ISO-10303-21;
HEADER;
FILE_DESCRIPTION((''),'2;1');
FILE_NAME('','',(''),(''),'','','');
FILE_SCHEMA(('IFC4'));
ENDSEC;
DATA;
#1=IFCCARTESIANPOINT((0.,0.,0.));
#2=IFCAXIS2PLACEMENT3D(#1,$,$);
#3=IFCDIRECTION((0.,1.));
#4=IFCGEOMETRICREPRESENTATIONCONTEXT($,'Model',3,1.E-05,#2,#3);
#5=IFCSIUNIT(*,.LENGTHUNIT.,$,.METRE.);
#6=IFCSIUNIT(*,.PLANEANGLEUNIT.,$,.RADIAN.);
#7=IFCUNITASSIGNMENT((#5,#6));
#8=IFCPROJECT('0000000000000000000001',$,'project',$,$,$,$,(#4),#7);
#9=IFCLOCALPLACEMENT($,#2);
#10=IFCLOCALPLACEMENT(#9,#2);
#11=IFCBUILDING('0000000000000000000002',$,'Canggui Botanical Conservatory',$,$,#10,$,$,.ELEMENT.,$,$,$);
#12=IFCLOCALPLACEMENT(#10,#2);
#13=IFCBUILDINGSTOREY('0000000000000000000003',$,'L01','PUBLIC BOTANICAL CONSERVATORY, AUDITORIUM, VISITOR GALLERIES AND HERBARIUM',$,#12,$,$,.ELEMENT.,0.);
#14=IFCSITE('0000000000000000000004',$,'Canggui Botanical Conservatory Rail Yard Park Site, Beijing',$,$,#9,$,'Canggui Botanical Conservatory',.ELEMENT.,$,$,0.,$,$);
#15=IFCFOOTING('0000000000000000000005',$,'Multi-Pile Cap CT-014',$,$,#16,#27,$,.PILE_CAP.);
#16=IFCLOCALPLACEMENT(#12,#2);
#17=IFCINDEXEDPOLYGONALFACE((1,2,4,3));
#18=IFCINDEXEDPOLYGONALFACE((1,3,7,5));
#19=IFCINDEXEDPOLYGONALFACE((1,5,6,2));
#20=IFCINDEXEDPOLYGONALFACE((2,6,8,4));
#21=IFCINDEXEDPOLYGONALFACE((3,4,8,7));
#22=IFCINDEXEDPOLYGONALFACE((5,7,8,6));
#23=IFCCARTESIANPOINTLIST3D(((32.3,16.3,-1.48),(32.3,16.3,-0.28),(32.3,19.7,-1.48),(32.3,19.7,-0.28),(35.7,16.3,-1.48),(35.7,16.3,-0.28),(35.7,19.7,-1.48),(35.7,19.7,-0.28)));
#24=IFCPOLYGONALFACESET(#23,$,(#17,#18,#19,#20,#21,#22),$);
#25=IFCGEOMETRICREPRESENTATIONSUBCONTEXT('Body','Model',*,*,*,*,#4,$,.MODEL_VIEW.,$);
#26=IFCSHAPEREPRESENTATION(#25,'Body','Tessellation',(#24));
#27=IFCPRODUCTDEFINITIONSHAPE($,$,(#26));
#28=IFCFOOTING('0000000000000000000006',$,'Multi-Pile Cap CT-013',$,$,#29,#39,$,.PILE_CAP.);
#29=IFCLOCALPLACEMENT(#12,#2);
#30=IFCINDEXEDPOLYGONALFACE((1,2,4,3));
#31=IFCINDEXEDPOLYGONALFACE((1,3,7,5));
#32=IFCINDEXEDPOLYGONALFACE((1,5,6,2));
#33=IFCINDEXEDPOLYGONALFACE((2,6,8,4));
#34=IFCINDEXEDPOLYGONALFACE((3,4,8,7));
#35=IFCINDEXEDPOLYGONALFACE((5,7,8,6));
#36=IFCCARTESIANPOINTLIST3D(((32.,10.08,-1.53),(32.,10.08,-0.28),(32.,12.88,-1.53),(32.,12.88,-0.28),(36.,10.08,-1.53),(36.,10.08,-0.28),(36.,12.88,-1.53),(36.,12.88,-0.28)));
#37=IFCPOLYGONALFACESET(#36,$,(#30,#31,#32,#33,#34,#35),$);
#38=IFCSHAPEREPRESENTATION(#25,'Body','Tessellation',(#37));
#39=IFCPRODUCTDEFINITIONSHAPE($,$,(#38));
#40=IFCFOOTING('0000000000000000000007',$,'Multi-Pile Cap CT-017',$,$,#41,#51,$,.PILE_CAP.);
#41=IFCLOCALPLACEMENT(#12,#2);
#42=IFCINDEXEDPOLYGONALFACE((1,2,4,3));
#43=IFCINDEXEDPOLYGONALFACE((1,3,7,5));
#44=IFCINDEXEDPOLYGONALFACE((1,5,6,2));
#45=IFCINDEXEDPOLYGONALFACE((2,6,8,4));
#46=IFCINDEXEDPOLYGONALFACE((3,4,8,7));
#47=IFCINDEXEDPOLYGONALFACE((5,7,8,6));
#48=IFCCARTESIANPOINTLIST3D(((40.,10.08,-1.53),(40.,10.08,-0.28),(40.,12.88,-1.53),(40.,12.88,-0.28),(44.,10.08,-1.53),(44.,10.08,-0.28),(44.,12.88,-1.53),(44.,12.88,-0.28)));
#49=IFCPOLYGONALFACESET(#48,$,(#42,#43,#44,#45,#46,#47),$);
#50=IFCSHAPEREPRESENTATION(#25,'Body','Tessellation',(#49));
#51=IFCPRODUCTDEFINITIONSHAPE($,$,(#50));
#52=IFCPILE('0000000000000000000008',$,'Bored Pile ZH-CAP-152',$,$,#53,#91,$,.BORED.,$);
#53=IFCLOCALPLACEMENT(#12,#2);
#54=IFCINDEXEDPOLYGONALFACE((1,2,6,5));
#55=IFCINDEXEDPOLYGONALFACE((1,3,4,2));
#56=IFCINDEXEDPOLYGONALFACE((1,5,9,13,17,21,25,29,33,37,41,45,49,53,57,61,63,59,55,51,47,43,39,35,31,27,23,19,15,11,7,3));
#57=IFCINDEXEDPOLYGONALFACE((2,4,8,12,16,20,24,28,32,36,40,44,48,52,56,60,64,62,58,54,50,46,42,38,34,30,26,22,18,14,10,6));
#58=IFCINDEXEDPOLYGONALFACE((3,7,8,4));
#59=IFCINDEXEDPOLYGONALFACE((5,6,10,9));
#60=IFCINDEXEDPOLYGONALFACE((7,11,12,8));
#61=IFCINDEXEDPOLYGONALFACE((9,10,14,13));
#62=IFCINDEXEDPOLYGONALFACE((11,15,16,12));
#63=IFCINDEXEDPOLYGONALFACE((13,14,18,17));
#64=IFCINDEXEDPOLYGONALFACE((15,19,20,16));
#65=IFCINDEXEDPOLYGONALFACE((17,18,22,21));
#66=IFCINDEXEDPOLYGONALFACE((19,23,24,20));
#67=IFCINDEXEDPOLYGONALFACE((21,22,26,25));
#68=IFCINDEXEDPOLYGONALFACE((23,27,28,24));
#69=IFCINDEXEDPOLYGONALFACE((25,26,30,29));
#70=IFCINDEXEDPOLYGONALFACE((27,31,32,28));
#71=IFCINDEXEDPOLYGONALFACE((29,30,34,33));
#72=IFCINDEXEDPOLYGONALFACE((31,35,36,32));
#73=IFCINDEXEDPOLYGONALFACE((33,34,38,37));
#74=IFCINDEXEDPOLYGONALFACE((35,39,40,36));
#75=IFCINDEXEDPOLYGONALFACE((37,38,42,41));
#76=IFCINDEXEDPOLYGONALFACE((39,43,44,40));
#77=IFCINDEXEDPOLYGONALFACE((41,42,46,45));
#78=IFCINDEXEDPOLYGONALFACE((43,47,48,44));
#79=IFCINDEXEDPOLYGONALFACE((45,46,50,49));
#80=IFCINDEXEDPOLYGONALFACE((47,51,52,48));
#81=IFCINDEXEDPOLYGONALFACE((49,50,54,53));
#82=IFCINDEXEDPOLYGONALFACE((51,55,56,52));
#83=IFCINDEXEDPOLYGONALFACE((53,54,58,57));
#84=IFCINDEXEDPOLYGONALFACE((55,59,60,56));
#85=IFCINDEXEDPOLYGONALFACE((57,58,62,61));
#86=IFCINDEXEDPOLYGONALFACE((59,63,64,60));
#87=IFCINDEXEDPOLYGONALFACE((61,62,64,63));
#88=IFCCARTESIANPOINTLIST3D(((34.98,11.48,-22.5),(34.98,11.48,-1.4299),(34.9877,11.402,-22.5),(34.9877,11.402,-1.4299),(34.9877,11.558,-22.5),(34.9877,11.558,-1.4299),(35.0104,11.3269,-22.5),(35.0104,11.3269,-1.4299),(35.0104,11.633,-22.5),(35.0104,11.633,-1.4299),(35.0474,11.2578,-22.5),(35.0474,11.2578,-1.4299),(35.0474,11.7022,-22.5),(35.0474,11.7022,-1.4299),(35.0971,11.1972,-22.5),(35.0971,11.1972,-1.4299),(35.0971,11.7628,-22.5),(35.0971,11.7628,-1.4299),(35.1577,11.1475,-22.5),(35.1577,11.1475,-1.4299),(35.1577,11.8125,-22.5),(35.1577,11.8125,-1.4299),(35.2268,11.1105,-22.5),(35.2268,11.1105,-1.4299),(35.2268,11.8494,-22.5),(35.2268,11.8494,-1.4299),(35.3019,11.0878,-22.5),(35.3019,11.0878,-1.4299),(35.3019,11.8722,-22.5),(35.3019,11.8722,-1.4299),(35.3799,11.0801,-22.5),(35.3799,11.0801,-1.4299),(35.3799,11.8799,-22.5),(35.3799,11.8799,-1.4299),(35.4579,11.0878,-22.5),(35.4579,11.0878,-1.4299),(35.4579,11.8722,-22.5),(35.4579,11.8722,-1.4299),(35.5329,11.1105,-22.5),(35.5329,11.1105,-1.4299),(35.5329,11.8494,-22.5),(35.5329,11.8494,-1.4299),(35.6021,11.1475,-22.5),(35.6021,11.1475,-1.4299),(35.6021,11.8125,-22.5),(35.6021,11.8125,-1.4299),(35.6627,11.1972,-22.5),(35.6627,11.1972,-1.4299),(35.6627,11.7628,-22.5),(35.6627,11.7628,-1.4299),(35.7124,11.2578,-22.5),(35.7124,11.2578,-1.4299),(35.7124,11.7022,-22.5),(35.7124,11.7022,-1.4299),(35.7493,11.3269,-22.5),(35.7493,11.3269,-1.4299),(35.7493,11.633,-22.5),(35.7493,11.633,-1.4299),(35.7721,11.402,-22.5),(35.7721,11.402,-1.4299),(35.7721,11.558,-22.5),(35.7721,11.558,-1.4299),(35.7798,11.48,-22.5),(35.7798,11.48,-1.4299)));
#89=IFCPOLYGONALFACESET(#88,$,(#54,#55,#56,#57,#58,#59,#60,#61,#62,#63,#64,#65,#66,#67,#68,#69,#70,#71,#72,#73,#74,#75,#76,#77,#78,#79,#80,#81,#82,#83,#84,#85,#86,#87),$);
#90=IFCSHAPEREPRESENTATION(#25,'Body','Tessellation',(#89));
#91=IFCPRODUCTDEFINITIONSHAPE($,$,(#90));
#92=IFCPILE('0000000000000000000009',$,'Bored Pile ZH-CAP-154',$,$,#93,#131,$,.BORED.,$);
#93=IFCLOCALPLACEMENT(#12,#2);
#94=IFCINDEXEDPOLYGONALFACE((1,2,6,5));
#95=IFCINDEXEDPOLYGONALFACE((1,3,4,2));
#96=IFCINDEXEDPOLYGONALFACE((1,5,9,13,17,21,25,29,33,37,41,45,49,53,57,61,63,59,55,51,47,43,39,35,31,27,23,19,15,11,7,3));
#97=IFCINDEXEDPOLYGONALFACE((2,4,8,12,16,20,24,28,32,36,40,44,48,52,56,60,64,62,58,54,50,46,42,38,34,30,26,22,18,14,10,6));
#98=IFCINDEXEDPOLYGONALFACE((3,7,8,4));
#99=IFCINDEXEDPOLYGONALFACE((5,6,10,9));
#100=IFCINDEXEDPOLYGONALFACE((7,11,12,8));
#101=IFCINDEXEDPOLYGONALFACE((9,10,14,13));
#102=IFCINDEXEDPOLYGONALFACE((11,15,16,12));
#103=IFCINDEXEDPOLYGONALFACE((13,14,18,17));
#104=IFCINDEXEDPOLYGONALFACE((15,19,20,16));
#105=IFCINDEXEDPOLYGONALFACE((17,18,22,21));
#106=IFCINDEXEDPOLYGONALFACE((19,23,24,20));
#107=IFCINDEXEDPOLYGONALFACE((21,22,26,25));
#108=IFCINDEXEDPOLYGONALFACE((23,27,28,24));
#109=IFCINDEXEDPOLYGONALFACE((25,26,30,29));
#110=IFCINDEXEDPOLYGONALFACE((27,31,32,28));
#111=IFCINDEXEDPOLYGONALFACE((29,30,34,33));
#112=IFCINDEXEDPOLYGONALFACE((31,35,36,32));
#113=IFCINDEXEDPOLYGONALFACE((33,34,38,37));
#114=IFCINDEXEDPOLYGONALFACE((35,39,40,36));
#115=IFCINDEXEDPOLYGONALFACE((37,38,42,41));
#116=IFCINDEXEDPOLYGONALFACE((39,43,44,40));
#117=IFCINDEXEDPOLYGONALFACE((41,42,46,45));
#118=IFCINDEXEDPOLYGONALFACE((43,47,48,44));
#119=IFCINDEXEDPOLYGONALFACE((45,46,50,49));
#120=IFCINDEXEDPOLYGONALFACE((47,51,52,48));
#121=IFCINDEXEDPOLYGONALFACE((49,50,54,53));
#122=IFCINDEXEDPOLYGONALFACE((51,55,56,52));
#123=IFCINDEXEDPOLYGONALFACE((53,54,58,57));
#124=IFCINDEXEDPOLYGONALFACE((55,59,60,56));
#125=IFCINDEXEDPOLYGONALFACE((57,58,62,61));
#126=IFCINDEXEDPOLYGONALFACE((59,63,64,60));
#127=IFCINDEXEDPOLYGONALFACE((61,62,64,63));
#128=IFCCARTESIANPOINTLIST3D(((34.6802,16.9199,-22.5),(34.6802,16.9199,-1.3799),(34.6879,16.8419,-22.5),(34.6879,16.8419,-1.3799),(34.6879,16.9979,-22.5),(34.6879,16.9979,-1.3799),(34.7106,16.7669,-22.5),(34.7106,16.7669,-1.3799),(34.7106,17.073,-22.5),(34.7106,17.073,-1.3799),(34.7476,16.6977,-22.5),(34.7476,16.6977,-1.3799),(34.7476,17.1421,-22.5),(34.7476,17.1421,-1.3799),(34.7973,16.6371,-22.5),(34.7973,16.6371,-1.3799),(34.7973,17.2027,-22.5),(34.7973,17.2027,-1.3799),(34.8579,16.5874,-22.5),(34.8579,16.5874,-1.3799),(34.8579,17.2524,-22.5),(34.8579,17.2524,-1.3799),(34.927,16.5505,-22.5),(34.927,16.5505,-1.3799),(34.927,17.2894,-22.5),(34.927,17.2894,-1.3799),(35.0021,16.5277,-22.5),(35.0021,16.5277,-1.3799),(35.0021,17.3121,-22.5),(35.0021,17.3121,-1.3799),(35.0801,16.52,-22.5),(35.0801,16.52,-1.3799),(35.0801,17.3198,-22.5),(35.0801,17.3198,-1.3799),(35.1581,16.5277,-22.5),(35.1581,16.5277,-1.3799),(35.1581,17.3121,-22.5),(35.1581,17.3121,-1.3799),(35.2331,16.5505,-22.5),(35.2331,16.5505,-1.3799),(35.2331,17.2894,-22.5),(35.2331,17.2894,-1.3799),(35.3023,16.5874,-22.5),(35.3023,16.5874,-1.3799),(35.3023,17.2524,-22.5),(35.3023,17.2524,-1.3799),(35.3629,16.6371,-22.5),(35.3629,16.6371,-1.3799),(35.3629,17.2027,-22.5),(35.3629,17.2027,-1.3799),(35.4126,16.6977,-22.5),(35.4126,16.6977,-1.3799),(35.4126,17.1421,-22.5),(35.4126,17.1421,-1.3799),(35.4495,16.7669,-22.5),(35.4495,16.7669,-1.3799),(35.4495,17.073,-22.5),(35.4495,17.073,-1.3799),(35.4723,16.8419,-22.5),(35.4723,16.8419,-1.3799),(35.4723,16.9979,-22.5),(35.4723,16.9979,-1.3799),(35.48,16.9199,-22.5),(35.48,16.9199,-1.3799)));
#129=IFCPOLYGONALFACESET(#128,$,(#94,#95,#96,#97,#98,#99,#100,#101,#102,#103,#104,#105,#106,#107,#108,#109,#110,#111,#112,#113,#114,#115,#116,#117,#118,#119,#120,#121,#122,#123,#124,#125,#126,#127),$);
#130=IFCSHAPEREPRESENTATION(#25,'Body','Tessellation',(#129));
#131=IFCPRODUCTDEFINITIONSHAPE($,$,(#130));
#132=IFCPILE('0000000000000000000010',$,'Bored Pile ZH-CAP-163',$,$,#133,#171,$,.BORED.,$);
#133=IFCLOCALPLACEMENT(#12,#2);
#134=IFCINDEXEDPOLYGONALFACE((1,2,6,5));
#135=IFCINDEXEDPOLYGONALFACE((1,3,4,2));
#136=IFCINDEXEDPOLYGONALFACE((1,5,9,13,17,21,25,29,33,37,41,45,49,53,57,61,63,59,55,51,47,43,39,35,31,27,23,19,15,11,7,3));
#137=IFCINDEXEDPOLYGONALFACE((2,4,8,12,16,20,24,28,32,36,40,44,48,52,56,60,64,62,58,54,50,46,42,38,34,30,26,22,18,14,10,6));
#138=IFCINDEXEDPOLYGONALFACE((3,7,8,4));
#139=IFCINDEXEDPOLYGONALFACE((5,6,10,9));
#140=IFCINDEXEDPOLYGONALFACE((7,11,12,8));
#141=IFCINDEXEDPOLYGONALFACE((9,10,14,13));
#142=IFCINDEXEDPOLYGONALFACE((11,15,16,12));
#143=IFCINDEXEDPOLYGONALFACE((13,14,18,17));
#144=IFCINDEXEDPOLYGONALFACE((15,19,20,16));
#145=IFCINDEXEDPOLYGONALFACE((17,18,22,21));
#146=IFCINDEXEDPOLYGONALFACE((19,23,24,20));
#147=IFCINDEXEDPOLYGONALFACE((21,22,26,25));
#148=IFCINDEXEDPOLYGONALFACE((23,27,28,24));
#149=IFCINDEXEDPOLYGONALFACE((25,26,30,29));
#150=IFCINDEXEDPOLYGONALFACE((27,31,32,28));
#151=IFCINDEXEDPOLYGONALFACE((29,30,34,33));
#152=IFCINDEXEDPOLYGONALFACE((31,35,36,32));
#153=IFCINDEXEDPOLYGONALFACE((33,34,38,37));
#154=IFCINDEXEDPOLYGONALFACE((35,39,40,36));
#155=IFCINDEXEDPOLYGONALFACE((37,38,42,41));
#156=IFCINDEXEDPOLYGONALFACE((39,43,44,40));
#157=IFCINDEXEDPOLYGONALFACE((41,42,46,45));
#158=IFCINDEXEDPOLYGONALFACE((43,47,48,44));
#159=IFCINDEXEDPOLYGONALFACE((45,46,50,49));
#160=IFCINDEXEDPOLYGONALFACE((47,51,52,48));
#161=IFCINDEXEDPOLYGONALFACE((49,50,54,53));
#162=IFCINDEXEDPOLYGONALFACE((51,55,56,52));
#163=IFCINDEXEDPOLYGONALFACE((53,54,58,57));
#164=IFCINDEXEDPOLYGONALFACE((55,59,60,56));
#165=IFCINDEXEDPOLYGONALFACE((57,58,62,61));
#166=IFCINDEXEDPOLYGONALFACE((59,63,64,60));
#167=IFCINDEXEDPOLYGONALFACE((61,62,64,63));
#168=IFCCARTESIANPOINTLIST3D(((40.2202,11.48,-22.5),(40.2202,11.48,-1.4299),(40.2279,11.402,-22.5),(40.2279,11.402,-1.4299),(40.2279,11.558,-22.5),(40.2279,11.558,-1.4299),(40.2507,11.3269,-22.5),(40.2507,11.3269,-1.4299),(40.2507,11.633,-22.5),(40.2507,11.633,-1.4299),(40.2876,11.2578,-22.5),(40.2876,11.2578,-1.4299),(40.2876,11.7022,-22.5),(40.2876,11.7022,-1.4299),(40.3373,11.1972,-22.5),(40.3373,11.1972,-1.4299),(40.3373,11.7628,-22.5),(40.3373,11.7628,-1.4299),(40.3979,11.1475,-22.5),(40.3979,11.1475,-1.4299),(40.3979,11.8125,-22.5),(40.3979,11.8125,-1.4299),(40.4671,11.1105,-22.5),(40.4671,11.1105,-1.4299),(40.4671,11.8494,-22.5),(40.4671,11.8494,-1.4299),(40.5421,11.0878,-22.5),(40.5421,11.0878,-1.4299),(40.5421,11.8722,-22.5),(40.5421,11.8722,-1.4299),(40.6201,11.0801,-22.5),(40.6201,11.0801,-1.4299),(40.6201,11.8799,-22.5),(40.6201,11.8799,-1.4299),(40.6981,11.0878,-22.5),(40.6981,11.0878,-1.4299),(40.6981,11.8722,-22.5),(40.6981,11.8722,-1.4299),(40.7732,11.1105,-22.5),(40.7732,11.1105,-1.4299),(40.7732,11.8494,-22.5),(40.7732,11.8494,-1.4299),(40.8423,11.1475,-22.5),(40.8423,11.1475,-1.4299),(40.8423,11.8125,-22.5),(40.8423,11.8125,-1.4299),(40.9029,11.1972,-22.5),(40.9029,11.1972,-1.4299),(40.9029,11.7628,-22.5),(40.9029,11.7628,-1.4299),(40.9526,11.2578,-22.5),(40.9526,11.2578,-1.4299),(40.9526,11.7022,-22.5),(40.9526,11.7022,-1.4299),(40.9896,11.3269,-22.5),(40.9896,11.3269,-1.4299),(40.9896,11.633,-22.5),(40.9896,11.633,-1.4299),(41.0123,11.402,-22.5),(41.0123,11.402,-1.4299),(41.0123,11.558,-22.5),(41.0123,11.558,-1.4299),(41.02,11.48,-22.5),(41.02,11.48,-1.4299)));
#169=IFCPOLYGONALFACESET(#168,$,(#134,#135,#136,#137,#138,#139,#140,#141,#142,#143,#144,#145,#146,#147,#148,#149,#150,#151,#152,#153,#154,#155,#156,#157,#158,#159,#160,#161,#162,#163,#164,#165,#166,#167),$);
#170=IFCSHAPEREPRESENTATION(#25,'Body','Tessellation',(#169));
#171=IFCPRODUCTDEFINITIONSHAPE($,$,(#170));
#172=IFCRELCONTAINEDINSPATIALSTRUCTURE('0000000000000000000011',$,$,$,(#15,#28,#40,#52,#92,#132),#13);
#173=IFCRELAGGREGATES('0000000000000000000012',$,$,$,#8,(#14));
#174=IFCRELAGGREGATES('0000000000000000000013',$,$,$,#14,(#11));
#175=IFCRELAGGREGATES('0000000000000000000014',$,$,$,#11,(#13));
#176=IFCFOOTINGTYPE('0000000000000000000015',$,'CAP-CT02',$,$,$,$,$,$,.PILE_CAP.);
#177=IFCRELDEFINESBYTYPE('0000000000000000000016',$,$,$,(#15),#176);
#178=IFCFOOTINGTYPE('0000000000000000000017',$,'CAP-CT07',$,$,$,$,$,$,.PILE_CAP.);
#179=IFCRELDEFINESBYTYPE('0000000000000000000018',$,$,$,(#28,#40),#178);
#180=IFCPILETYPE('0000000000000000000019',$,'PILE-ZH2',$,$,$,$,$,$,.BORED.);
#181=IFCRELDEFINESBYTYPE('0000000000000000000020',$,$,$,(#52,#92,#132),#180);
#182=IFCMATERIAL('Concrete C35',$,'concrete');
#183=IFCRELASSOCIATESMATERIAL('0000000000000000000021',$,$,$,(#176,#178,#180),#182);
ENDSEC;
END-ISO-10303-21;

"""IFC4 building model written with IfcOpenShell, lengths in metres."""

from ifc_helpers import new_model, si_unit, direction, frame, origin, origin_2d, place, context, subcontext, project, spatial, rectangle, circle, extrude, material, material_profile, profile_set, type_object, element, save


model = new_model("IFC4")

# Units and contexts
model_context = context("Model", 3, precision=1e-05, world=origin(), true_north=direction((0.0, 1.0)))
body_context = subcontext(model_context, "Body", "Model", "MODEL_VIEW")
ifc_project = project(units=[si_unit("LENGTHUNIT", "METRE"), si_unit("PLANEANGLEUNIT", "RADIAN")], contexts=[model_context])

# Site, building, storey
site_placement = place(None, origin())
site = spatial("IfcSite", under=ifc_project, at=site_placement, Name="Canggui Botanical Conservatory Rail Yard Park Site, Beijing", LongName="Canggui Botanical Conservatory", CompositionType="ELEMENT", RefElevation=0.0)
building_placement = place(site_placement, origin())
building = spatial("IfcBuilding", under=site, at=building_placement, Name="Canggui Botanical Conservatory", CompositionType="ELEMENT")
storey_placement = place(building_placement, origin())
storey = spatial("IfcBuildingStorey", under=building, at=storey_placement, Name="L01", Description="PUBLIC BOTANICAL CONSERVATORY, AUDITORIUM, VISITOR GALLERIES AND HERBARIUM", CompositionType="ELEMENT", Elevation=0.0)

# Footings
ifc_material_1 = material(Name="Concrete C35", Category="concrete")
footing_type_1 = type_object("IfcFootingType", Name="CAP-CT02", PredefinedType="PILE_CAP", material=ifc_material_1)
footing_placement = place(storey_placement, frame((34.0, 18.0, -1.48), z_axis=(0.0, 0.0, 1.0), x_axis=(1.0, 0.0, 0.0)))
element("IfcFooting", 1, at=footing_placement, inside=storey, type_object=footing_type_1, Name="Multi-Pile Cap CT-014", PredefinedType="PILE_CAP", context=body_context, shape_type="SweptSolid", body=[
    extrude(rectangle(XDim=3.3999, YDim=3.3999, at=origin_2d()), origin(), (0.0, 0.0, 1.0), 1.2),
])
footing_type_2 = type_object("IfcFootingType", Name="CAP-CT07", PredefinedType="PILE_CAP", material=ifc_material_1)
for number, where, z_axis, x_axis, name in (
    (2, (34.0, 11.48, -1.53), (0.0, 0.0, 1.0), (1.0, 0.0, 0.0), "Multi-Pile Cap CT-013"),
    (3, (42.0, 11.48, -1.53), (0.0, 0.0, 1.0), (1.0, 0.0, 0.0), "Multi-Pile Cap CT-017"),
):
    element("IfcFooting", number, at=place(storey_placement, frame(where, z_axis=z_axis, x_axis=x_axis)), inside=storey, type_object=footing_type_2, Name=name, PredefinedType="PILE_CAP", context=body_context, shape_type="SweptSolid", body=[
        extrude(rectangle(XDim=4.0, YDim=2.8, at=origin_2d()), origin(), (0.0, 0.0, 1.0), 1.25),
    ])

# Piles
ifc_material_profile_1 = material_profile(ifc_material_1, circle(Radius=0.3999, at=origin_2d()), Name="PILE D800")
ifc_profile_set_1 = profile_set([ifc_material_profile_1], Name="Concrete C35")
pile_type = type_object("IfcPileType", Name="PILE-ZH2", PredefinedType="BORED", material=ifc_profile_set_1)
pile_1_placement = place(storey_placement, frame((35.3799, 11.48, -1.4299), z_axis=(0.0, 0.0, -1.0), x_axis=(1.0, 0.0, 0.0)))
element("IfcPile", 4, at=pile_1_placement, inside=storey, type_object=pile_type, Name="Bored Pile ZH-CAP-152", PredefinedType="BORED", context=body_context, shape_type="SweptSolid", body=[
    extrude(circle(Radius=0.3999, at=origin_2d()), origin(), (0.0, 0.0, 1.0), 21.0701),
])
pile_2_placement = place(storey_placement, frame((35.0801, 16.9199, -1.3799), z_axis=(0.0, 0.0, -1.0), x_axis=(1.0, 0.0, 0.0)))
element("IfcPile", 5, at=pile_2_placement, inside=storey, type_object=pile_type, Name="Bored Pile ZH-CAP-154", PredefinedType="BORED", context=body_context, shape_type="SweptSolid", body=[
    extrude(circle(Radius=0.3999, at=origin_2d()), origin(), (0.0, 0.0, 1.0), 21.1201),
])
for number, where, z_axis, x_axis, name in (
    (6, (40.6201, 11.48, -1.4299), (0.0, 0.0, -1.0), (1.0, 0.0, 0.0), "Bored Pile ZH-CAP-163"),
):
    element("IfcPile", number, at=place(storey_placement, frame(where, z_axis=z_axis, x_axis=x_axis)), inside=storey, type_object=pile_type, Name=name, PredefinedType="BORED", context=body_context, shape_type="SweptSolid", body=[
        extrude(circle(Radius=0.3999, at=origin_2d()), origin(), (0.0, 0.0, 1.0), 21.0701),
    ])

save(model, "model.ifc")
